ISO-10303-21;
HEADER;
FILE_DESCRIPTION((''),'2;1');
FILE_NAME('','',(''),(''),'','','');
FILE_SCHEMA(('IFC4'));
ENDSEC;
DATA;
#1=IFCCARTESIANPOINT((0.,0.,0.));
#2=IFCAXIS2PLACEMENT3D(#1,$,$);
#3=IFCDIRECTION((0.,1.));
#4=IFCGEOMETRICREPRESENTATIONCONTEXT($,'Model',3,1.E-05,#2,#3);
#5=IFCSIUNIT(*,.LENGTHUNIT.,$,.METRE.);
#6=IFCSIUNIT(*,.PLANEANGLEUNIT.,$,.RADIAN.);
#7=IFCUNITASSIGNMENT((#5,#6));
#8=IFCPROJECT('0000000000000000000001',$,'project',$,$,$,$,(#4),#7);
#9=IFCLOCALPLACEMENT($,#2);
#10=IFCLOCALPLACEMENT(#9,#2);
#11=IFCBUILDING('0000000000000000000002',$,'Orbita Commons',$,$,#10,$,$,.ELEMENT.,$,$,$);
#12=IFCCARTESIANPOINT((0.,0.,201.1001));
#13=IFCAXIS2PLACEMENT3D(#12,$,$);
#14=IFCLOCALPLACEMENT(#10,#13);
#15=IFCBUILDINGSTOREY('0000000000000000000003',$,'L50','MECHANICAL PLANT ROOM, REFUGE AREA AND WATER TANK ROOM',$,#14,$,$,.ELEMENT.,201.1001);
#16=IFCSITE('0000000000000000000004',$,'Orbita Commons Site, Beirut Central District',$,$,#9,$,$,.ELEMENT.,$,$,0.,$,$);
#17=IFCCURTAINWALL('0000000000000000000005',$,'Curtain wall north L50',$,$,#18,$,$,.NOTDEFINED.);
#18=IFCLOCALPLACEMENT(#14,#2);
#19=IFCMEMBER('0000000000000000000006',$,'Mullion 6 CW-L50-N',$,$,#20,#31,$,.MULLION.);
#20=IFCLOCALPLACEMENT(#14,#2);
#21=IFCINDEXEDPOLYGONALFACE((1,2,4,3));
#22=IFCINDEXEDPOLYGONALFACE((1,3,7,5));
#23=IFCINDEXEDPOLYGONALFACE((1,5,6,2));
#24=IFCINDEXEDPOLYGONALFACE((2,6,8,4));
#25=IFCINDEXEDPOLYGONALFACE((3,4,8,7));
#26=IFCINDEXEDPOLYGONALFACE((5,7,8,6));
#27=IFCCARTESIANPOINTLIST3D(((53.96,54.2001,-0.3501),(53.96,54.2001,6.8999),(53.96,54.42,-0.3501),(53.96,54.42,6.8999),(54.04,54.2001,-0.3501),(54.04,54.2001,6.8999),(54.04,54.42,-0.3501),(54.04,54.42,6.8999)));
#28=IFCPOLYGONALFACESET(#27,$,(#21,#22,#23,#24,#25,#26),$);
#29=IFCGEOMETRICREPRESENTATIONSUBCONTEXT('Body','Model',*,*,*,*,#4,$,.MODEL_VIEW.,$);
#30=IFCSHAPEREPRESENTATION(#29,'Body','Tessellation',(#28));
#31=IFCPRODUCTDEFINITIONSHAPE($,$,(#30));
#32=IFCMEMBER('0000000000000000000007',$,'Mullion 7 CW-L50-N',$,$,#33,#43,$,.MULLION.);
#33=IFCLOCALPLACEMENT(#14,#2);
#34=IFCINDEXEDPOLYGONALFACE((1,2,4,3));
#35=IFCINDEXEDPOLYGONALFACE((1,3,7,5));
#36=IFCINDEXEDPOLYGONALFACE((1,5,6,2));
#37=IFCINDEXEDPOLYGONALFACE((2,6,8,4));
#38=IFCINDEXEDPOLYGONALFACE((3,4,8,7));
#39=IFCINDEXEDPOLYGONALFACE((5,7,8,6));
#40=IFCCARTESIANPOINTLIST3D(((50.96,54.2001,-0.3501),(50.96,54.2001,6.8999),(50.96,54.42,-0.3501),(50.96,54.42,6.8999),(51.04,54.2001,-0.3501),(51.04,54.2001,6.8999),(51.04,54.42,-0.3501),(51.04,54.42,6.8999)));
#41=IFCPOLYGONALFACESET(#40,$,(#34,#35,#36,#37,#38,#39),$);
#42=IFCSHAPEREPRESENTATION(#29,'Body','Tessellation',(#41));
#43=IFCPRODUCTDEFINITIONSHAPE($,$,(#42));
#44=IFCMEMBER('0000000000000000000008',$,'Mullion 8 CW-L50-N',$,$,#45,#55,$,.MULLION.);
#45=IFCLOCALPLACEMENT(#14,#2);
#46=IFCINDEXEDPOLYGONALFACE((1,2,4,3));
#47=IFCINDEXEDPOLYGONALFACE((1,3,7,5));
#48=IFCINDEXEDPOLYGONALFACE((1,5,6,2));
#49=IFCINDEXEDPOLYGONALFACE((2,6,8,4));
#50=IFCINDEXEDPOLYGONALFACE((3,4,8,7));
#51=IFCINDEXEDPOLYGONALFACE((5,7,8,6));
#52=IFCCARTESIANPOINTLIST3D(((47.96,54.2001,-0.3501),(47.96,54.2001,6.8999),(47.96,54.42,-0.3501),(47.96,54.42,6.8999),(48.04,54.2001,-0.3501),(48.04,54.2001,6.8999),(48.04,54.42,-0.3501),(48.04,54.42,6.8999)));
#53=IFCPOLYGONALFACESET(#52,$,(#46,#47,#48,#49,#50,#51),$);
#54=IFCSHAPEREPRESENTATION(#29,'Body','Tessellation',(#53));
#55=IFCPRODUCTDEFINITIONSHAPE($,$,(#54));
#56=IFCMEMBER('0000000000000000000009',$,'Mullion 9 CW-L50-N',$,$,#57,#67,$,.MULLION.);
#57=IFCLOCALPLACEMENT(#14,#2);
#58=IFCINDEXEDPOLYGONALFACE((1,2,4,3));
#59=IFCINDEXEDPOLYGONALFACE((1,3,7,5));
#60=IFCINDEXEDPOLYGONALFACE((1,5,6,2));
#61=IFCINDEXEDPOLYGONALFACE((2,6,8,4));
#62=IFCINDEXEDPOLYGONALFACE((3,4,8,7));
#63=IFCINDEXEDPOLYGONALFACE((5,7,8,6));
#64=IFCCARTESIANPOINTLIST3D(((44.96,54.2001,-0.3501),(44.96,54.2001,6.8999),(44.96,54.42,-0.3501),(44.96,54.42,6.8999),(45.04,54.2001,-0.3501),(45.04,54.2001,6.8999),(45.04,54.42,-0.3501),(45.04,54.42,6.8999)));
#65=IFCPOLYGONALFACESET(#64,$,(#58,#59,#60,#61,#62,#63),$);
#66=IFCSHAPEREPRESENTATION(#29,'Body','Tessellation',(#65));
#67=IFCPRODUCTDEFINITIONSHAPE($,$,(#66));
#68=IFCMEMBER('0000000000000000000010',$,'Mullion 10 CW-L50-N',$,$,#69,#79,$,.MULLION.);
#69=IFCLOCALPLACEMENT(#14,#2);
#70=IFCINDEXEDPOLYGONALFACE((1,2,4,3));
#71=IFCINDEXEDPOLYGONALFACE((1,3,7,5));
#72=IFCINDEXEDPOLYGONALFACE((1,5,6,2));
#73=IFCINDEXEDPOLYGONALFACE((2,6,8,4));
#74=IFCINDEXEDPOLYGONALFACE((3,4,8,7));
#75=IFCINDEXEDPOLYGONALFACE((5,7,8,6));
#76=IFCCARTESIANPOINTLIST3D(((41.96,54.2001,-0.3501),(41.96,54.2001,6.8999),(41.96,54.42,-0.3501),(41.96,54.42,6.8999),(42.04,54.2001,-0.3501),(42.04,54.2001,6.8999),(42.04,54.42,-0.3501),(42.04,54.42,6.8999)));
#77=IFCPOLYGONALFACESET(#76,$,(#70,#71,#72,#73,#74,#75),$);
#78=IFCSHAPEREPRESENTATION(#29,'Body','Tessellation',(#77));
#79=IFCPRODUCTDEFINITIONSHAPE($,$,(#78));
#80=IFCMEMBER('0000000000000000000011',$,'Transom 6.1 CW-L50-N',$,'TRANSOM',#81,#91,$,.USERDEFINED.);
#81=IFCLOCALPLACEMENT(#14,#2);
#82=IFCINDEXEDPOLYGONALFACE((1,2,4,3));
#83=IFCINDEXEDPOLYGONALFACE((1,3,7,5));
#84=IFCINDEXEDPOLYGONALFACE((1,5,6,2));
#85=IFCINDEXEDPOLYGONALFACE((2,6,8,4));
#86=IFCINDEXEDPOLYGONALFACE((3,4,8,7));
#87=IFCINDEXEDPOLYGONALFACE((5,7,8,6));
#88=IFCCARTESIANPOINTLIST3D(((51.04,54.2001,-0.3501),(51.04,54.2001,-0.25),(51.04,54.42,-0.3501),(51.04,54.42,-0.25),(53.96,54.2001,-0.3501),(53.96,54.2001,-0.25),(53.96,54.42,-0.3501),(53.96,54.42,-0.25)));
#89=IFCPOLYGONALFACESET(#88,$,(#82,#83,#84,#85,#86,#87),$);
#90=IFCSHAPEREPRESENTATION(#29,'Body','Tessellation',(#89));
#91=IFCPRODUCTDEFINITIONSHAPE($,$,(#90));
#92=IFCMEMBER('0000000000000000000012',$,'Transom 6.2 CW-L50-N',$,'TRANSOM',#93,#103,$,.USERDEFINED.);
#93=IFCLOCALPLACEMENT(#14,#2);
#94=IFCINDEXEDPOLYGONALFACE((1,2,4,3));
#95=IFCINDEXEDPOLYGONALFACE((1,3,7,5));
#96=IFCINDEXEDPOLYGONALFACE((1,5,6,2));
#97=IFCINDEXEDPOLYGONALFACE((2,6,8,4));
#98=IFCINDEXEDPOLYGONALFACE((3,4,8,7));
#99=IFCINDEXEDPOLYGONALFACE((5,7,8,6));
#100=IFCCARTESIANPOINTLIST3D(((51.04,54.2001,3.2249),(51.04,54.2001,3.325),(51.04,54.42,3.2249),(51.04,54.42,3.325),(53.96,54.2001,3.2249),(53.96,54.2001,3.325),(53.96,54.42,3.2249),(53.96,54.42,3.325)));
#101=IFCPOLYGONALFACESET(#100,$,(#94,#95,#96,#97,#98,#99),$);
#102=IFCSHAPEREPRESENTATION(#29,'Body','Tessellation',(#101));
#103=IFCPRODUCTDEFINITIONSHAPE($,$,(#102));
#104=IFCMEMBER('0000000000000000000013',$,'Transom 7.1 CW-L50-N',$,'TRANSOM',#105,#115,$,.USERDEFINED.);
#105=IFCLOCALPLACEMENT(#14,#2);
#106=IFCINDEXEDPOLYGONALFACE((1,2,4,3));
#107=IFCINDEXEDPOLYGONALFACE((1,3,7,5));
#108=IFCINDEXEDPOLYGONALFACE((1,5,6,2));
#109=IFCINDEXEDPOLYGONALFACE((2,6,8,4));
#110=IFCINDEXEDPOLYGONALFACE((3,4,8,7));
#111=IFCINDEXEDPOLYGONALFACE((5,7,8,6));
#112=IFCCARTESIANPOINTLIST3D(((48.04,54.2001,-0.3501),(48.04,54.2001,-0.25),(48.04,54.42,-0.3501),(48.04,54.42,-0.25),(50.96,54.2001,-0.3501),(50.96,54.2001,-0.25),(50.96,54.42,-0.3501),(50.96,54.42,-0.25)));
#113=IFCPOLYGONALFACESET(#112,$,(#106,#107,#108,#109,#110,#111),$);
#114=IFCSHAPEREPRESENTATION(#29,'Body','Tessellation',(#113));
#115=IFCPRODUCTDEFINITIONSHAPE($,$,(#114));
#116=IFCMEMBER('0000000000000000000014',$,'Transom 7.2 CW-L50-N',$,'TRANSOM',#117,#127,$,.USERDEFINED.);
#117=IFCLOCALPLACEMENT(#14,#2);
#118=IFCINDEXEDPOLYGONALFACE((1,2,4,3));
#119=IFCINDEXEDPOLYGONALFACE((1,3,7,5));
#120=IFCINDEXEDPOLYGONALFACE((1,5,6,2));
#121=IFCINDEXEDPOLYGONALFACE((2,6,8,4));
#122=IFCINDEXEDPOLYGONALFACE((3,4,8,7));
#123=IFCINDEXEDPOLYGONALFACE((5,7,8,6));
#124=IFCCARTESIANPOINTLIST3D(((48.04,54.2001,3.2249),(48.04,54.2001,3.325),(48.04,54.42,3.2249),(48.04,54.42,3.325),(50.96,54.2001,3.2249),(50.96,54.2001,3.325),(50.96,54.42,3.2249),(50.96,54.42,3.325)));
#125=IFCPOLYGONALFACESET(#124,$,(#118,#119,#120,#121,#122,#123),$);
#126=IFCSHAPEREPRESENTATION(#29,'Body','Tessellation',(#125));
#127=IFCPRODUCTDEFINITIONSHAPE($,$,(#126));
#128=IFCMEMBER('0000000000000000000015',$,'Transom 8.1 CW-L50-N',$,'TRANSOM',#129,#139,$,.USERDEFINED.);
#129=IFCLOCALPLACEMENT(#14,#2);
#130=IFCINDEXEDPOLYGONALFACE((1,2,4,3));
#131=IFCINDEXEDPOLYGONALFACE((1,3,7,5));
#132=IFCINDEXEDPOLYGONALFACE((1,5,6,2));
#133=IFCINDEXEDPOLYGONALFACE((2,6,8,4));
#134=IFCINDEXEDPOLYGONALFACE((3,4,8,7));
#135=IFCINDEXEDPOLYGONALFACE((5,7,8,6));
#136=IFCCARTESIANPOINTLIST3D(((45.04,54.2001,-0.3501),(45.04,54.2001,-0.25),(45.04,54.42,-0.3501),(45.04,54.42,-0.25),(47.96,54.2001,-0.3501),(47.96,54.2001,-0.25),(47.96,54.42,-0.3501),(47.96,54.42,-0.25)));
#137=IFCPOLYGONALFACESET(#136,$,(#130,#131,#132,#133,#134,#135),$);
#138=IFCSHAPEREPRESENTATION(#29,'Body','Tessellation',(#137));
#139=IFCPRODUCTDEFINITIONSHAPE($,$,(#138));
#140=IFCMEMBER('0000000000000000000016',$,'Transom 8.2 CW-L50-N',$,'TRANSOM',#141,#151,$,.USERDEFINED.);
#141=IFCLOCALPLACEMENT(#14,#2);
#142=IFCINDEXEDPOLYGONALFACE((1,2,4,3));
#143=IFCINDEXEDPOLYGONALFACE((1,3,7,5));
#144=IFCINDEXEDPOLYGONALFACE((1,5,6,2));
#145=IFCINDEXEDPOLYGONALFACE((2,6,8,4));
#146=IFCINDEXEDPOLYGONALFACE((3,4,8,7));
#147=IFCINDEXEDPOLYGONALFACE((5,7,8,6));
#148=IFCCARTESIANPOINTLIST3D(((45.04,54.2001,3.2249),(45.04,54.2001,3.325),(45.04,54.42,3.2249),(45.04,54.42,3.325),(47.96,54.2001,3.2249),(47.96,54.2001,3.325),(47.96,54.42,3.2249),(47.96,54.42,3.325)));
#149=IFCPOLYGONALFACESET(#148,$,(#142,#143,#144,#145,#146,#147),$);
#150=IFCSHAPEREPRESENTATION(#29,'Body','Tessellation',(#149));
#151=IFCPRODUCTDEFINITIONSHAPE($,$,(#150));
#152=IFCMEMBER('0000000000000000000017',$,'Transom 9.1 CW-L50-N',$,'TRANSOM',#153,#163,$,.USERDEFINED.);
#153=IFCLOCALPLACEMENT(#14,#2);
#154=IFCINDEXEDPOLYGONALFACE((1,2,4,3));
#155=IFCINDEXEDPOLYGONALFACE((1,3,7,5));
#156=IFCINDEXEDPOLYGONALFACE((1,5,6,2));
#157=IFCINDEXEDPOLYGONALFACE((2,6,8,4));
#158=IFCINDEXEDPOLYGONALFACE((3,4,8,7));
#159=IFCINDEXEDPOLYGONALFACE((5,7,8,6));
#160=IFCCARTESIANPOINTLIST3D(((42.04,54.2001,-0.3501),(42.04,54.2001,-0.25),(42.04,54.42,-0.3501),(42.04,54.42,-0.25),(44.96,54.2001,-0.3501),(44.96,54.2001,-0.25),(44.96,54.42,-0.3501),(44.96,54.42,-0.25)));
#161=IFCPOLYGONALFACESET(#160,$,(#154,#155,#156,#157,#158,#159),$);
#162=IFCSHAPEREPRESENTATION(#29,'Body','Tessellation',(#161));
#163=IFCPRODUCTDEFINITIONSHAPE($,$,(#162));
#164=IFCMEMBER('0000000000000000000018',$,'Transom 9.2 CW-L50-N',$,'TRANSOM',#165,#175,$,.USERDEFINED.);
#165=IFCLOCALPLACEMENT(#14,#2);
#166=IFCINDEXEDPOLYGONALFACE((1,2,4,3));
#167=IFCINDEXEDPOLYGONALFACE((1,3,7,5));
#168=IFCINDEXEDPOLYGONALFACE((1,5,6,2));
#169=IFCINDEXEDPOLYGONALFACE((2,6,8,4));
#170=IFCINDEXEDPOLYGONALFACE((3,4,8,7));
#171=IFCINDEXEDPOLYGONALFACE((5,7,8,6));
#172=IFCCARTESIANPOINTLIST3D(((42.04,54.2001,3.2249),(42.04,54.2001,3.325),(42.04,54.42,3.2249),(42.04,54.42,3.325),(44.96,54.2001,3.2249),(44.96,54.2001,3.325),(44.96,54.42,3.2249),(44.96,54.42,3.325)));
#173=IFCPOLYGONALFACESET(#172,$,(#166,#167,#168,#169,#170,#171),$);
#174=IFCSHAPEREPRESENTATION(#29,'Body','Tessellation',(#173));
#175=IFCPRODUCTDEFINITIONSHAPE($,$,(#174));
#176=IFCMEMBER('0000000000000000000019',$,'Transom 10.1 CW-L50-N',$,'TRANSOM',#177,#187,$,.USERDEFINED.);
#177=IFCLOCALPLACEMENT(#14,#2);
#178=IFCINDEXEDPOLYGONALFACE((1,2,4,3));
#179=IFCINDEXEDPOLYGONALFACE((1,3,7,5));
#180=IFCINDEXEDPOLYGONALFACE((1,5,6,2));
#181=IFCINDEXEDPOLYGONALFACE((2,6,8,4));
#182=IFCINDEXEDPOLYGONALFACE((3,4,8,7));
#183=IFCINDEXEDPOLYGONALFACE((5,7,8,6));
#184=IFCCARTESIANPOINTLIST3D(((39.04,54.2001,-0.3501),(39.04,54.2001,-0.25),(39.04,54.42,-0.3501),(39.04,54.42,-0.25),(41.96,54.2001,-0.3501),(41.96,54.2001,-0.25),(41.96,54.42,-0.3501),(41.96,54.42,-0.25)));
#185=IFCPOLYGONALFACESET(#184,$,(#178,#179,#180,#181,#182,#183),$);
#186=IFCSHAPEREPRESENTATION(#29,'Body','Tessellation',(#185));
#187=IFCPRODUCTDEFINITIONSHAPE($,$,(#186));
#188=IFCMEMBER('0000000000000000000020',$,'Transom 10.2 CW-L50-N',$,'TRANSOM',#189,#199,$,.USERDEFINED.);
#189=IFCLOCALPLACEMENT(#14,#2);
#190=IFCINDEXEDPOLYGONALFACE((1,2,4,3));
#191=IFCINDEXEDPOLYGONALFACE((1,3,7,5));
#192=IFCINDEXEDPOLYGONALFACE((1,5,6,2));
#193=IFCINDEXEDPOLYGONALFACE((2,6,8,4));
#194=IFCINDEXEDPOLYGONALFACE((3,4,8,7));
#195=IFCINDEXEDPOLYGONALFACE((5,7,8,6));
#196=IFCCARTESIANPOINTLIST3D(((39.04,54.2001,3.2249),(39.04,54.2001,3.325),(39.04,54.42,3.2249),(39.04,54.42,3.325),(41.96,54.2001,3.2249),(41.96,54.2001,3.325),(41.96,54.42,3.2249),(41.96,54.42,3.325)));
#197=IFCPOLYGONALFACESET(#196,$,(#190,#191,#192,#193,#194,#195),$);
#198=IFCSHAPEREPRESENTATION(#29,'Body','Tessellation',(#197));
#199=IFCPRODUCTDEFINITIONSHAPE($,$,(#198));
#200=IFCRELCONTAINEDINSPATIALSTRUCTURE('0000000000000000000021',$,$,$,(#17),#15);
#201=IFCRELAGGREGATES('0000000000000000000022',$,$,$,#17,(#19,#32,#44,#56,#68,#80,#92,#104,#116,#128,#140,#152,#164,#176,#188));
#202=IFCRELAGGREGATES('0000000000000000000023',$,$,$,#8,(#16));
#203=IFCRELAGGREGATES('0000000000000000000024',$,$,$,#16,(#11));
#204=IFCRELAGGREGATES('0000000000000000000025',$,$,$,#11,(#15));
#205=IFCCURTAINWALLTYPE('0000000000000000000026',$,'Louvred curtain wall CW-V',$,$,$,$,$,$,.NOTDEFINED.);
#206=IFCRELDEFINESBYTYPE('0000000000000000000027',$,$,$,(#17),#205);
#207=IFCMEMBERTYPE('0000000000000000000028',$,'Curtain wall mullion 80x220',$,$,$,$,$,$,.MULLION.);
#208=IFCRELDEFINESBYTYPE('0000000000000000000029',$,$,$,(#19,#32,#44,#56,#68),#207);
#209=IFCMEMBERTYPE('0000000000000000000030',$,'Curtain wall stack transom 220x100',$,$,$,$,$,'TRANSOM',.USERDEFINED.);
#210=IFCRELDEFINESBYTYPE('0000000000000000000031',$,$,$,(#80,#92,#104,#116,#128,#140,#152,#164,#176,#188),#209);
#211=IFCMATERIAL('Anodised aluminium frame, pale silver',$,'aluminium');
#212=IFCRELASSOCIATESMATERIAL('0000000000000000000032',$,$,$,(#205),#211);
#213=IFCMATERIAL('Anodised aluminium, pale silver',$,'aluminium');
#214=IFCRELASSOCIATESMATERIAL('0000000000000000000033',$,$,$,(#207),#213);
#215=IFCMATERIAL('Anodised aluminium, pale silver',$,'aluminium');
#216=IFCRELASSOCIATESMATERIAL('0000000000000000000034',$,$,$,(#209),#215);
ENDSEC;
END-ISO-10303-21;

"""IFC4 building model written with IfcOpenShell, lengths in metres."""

from ifc_helpers import new_model, si_unit, direction, frame, origin, origin_2d, place, context, subcontext, project, spatial, rectangle, extrude, material, material_profile, profile_set, type_object, element, aggregate, save


model = new_model("IFC4")

# Units and contexts
model_context = context("Model", 3, precision=1e-05, world=origin(), true_north=direction((0.0, 1.0)))
body_context = subcontext(model_context, "Body", "Model", "MODEL_VIEW")
ifc_project = project(units=[si_unit("LENGTHUNIT", "METRE"), si_unit("PLANEANGLEUNIT", "RADIAN")], contexts=[model_context])

# Site, building, storey
site_placement = place(None, origin())
site = spatial("IfcSite", under=ifc_project, at=site_placement, Name="Orbita Commons Site, Beirut Central District", CompositionType="ELEMENT", RefElevation=0.0)
building_placement = place(site_placement, origin())
building = spatial("IfcBuilding", under=site, at=building_placement, Name="Orbita Commons", CompositionType="ELEMENT")
storey_placement = place(building_placement, frame((0.0, 0.0, 201.1001)))
storey = spatial("IfcBuildingStorey", under=building, at=storey_placement, Name="L50", Description="MECHANICAL PLANT ROOM, REFUGE AREA AND WATER TANK ROOM", CompositionType="ELEMENT", Elevation=201.1001)

# Curtain wall, members
ifc_material_1 = material(Name="Anodised aluminium frame, pale silver", Category="aluminium")
curtain_wall_type = type_object("IfcCurtainWallType", Name="Louvred curtain wall CW-V", PredefinedType="NOTDEFINED", material=ifc_material_1)
curtain_wall_placement = place(storey_placement, origin())
curtain_wall = element("IfcCurtainWall", 1, at=curtain_wall_placement, inside=storey, type_object=curtain_wall_type, Name="Curtain wall north L50", PredefinedType="NOTDEFINED")
ifc_material_2 = material(Name="Anodised aluminium, pale silver", Category="aluminium")
ifc_material_profile_1 = material_profile(ifc_material_2, rectangle(XDim=0.0801, YDim=0.22, at=origin_2d()), Name="AL 80x220")
ifc_profile_set_1 = profile_set([ifc_material_profile_1], Name="Anodised aluminium, pale silver")
member_type_1 = type_object("IfcMemberType", Name="Curtain wall mullion 80x220", PredefinedType="MULLION", material=ifc_profile_set_1)
member_1_placement = place(storey_placement, frame((54.0, 54.3101, -0.3501), z_axis=(0.0, 0.0, 1.0), x_axis=(-1.0, 0.0, 0.0)))
member_1 = element("IfcMember", 2, at=member_1_placement, type_object=member_type_1, Name="Mullion 6 CW-L50-N", PredefinedType="MULLION", context=body_context, shape_type="SweptSolid", body=[
    extrude(rectangle(XDim=0.0801, YDim=0.22, at=origin_2d()), origin(), (0.0, 0.0, 1.0), 7.25),
])
member_2_placement = place(storey_placement, frame((51.0, 54.3101, -0.3501), z_axis=(0.0, 0.0, 1.0), x_axis=(-1.0, 0.0, 0.0)))
member_2 = element("IfcMember", 3, at=member_2_placement, type_object=member_type_1, Name="Mullion 7 CW-L50-N", PredefinedType="MULLION", context=body_context, shape_type="SweptSolid", body=[
    extrude(rectangle(XDim=0.0801, YDim=0.22, at=origin_2d()), origin(), (0.0, 0.0, 1.0), 7.25),
])
member_3_placement = place(storey_placement, frame((48.0, 54.3101, -0.3501), z_axis=(0.0, 0.0, 1.0), x_axis=(-1.0, 0.0, 0.0)))
member_3 = element("IfcMember", 4, at=member_3_placement, type_object=member_type_1, Name="Mullion 8 CW-L50-N", PredefinedType="MULLION", context=body_context, shape_type="SweptSolid", body=[
    extrude(rectangle(XDim=0.0801, YDim=0.22, at=origin_2d()), origin(), (0.0, 0.0, 1.0), 7.25),
])
member_4_placement = place(storey_placement, frame((45.0, 54.3101, -0.3501), z_axis=(0.0, 0.0, 1.0), x_axis=(-1.0, 0.0, 0.0)))
member_4 = element("IfcMember", 5, at=member_4_placement, type_object=member_type_1, Name="Mullion 9 CW-L50-N", PredefinedType="MULLION", context=body_context, shape_type="SweptSolid", body=[
    extrude(rectangle(XDim=0.0801, YDim=0.22, at=origin_2d()), origin(), (0.0, 0.0, 1.0), 7.25),
])
member_5_placement = place(storey_placement, frame((42.0, 54.3101, -0.3501), z_axis=(0.0, 0.0, 1.0), x_axis=(-1.0, 0.0, 0.0)))
member_5 = element("IfcMember", 6, at=member_5_placement, type_object=member_type_1, Name="Mullion 10 CW-L50-N", PredefinedType="MULLION", context=body_context, shape_type="SweptSolid", body=[
    extrude(rectangle(XDim=0.0801, YDim=0.22, at=origin_2d()), origin(), (0.0, 0.0, 1.0), 7.25),
])
ifc_material_3 = material(Name="Anodised aluminium, pale silver", Category="aluminium")
ifc_material_profile_2 = material_profile(ifc_material_3, rectangle(XDim=0.22, YDim=0.1001, at=origin_2d()), Name="AL 220x100")
ifc_profile_set_2 = profile_set([ifc_material_profile_2], Name="Anodised aluminium, pale silver")
member_type_2 = type_object("IfcMemberType", Name="Curtain wall stack transom 220x100", ElementType="TRANSOM", PredefinedType="USERDEFINED", material=ifc_profile_set_2)
member_6_placement = place(storey_placement, frame((53.96, 54.3101, -0.3), z_axis=(-1.0, 0.0, 0.0), x_axis=(0.0, -1.0, 0.0)))
member_6 = element("IfcMember", 7, at=member_6_placement, type_object=member_type_2, Name="Transom 6.1 CW-L50-N", ObjectType="TRANSOM", PredefinedType="USERDEFINED", context=body_context, shape_type="SweptSolid", body=[
    extrude(rectangle(XDim=0.22, YDim=0.1001, at=origin_2d()), origin(), (0.0, 0.0, 1.0), 2.9199),
])
member_7_placement = place(storey_placement, frame((53.96, 54.3101, 3.2749), z_axis=(-1.0, 0.0, 0.0), x_axis=(0.0, -1.0, 0.0)))
member_7 = element("IfcMember", 8, at=member_7_placement, type_object=member_type_2, Name="Transom 6.2 CW-L50-N", ObjectType="TRANSOM", PredefinedType="USERDEFINED", context=body_context, shape_type="SweptSolid", body=[
    extrude(rectangle(XDim=0.22, YDim=0.1001, at=origin_2d()), origin(), (0.0, 0.0, 1.0), 2.9199),
])
member_8_placement = place(storey_placement, frame((50.96, 54.3101, -0.3), z_axis=(-1.0, 0.0, 0.0), x_axis=(0.0, -1.0, 0.0)))
member_8 = element("IfcMember", 9, at=member_8_placement, type_object=member_type_2, Name="Transom 7.1 CW-L50-N", ObjectType="TRANSOM", PredefinedType="USERDEFINED", context=body_context, shape_type="SweptSolid", body=[
    extrude(rectangle(XDim=0.22, YDim=0.1001, at=origin_2d()), origin(), (0.0, 0.0, 1.0), 2.9199),
])
member_9_placement = place(storey_placement, frame((50.96, 54.3101, 3.2749), z_axis=(-1.0, 0.0, 0.0), x_axis=(0.0, -1.0, 0.0)))
member_9 = element("IfcMember", 10, at=member_9_placement, type_object=member_type_2, Name="Transom 7.2 CW-L50-N", ObjectType="TRANSOM", PredefinedType="USERDEFINED", context=body_context, shape_type="SweptSolid", body=[
    extrude(rectangle(XDim=0.22, YDim=0.1001, at=origin_2d()), origin(), (0.0, 0.0, 1.0), 2.9199),
])
member_10_placement = place(storey_placement, frame((47.96, 54.3101, -0.3), z_axis=(-1.0, 0.0, 0.0), x_axis=(0.0, -1.0, 0.0)))
member_10 = element("IfcMember", 11, at=member_10_placement, type_object=member_type_2, Name="Transom 8.1 CW-L50-N", ObjectType="TRANSOM", PredefinedType="USERDEFINED", context=body_context, shape_type="SweptSolid", body=[
    extrude(rectangle(XDim=0.22, YDim=0.1001, at=origin_2d()), origin(), (0.0, 0.0, 1.0), 2.9199),
])
member_11_placement = place(storey_placement, frame((47.96, 54.3101, 3.2749), z_axis=(-1.0, 0.0, 0.0), x_axis=(0.0, -1.0, 0.0)))
member_11 = element("IfcMember", 12, at=member_11_placement, type_object=member_type_2, Name="Transom 8.2 CW-L50-N", ObjectType="TRANSOM", PredefinedType="USERDEFINED", context=body_context, shape_type="SweptSolid", body=[
    extrude(rectangle(XDim=0.22, YDim=0.1001, at=origin_2d()), origin(), (0.0, 0.0, 1.0), 2.9199),
])
member_12_placement = place(storey_placement, frame((44.96, 54.3101, -0.3), z_axis=(-1.0, 0.0, 0.0), x_axis=(0.0, -1.0, 0.0)))
member_12 = element("IfcMember", 13, at=member_12_placement, type_object=member_type_2, Name="Transom 9.1 CW-L50-N", ObjectType="TRANSOM", PredefinedType="USERDEFINED", context=body_context, shape_type="SweptSolid", body=[
    extrude(rectangle(XDim=0.22, YDim=0.1001, at=origin_2d()), origin(), (0.0, 0.0, 1.0), 2.9199),
])
member_13_placement = place(storey_placement, frame((44.96, 54.3101, 3.2749), z_axis=(-1.0, 0.0, 0.0), x_axis=(0.0, -1.0, 0.0)))
member_13 = element("IfcMember", 14, at=member_13_placement, type_object=member_type_2, Name="Transom 9.2 CW-L50-N", ObjectType="TRANSOM", PredefinedType="USERDEFINED", context=body_context, shape_type="SweptSolid", body=[
    extrude(rectangle(XDim=0.22, YDim=0.1001, at=origin_2d()), origin(), (0.0, 0.0, 1.0), 2.9199),
])
member_14_placement = place(storey_placement, frame((41.96, 54.3101, -0.3), z_axis=(-1.0, 0.0, 0.0), x_axis=(0.0, -1.0, 0.0)))
member_14 = element("IfcMember", 15, at=member_14_placement, type_object=member_type_2, Name="Transom 10.1 CW-L50-N", ObjectType="TRANSOM", PredefinedType="USERDEFINED", context=body_context, shape_type="SweptSolid", body=[
    extrude(rectangle(XDim=0.22, YDim=0.1001, at=origin_2d()), origin(), (0.0, 0.0, 1.0), 2.9199),
])
member_15_placement = place(storey_placement, frame((41.96, 54.3101, 3.2749), z_axis=(-1.0, 0.0, 0.0), x_axis=(0.0, -1.0, 0.0)))
member_15 = element("IfcMember", 16, at=member_15_placement, type_object=member_type_2, Name="Transom 10.2 CW-L50-N", ObjectType="TRANSOM", PredefinedType="USERDEFINED", context=body_context, shape_type="SweptSolid", body=[
    extrude(rectangle(XDim=0.22, YDim=0.1001, at=origin_2d()), origin(), (0.0, 0.0, 1.0), 2.9199),
])
aggregate(curtain_wall, [member_1, member_2, member_3, member_4, member_5, member_6, member_7, member_8, member_9, member_10, member_11, member_12, member_13, member_14, member_15])

save(model, "model.ifc")
